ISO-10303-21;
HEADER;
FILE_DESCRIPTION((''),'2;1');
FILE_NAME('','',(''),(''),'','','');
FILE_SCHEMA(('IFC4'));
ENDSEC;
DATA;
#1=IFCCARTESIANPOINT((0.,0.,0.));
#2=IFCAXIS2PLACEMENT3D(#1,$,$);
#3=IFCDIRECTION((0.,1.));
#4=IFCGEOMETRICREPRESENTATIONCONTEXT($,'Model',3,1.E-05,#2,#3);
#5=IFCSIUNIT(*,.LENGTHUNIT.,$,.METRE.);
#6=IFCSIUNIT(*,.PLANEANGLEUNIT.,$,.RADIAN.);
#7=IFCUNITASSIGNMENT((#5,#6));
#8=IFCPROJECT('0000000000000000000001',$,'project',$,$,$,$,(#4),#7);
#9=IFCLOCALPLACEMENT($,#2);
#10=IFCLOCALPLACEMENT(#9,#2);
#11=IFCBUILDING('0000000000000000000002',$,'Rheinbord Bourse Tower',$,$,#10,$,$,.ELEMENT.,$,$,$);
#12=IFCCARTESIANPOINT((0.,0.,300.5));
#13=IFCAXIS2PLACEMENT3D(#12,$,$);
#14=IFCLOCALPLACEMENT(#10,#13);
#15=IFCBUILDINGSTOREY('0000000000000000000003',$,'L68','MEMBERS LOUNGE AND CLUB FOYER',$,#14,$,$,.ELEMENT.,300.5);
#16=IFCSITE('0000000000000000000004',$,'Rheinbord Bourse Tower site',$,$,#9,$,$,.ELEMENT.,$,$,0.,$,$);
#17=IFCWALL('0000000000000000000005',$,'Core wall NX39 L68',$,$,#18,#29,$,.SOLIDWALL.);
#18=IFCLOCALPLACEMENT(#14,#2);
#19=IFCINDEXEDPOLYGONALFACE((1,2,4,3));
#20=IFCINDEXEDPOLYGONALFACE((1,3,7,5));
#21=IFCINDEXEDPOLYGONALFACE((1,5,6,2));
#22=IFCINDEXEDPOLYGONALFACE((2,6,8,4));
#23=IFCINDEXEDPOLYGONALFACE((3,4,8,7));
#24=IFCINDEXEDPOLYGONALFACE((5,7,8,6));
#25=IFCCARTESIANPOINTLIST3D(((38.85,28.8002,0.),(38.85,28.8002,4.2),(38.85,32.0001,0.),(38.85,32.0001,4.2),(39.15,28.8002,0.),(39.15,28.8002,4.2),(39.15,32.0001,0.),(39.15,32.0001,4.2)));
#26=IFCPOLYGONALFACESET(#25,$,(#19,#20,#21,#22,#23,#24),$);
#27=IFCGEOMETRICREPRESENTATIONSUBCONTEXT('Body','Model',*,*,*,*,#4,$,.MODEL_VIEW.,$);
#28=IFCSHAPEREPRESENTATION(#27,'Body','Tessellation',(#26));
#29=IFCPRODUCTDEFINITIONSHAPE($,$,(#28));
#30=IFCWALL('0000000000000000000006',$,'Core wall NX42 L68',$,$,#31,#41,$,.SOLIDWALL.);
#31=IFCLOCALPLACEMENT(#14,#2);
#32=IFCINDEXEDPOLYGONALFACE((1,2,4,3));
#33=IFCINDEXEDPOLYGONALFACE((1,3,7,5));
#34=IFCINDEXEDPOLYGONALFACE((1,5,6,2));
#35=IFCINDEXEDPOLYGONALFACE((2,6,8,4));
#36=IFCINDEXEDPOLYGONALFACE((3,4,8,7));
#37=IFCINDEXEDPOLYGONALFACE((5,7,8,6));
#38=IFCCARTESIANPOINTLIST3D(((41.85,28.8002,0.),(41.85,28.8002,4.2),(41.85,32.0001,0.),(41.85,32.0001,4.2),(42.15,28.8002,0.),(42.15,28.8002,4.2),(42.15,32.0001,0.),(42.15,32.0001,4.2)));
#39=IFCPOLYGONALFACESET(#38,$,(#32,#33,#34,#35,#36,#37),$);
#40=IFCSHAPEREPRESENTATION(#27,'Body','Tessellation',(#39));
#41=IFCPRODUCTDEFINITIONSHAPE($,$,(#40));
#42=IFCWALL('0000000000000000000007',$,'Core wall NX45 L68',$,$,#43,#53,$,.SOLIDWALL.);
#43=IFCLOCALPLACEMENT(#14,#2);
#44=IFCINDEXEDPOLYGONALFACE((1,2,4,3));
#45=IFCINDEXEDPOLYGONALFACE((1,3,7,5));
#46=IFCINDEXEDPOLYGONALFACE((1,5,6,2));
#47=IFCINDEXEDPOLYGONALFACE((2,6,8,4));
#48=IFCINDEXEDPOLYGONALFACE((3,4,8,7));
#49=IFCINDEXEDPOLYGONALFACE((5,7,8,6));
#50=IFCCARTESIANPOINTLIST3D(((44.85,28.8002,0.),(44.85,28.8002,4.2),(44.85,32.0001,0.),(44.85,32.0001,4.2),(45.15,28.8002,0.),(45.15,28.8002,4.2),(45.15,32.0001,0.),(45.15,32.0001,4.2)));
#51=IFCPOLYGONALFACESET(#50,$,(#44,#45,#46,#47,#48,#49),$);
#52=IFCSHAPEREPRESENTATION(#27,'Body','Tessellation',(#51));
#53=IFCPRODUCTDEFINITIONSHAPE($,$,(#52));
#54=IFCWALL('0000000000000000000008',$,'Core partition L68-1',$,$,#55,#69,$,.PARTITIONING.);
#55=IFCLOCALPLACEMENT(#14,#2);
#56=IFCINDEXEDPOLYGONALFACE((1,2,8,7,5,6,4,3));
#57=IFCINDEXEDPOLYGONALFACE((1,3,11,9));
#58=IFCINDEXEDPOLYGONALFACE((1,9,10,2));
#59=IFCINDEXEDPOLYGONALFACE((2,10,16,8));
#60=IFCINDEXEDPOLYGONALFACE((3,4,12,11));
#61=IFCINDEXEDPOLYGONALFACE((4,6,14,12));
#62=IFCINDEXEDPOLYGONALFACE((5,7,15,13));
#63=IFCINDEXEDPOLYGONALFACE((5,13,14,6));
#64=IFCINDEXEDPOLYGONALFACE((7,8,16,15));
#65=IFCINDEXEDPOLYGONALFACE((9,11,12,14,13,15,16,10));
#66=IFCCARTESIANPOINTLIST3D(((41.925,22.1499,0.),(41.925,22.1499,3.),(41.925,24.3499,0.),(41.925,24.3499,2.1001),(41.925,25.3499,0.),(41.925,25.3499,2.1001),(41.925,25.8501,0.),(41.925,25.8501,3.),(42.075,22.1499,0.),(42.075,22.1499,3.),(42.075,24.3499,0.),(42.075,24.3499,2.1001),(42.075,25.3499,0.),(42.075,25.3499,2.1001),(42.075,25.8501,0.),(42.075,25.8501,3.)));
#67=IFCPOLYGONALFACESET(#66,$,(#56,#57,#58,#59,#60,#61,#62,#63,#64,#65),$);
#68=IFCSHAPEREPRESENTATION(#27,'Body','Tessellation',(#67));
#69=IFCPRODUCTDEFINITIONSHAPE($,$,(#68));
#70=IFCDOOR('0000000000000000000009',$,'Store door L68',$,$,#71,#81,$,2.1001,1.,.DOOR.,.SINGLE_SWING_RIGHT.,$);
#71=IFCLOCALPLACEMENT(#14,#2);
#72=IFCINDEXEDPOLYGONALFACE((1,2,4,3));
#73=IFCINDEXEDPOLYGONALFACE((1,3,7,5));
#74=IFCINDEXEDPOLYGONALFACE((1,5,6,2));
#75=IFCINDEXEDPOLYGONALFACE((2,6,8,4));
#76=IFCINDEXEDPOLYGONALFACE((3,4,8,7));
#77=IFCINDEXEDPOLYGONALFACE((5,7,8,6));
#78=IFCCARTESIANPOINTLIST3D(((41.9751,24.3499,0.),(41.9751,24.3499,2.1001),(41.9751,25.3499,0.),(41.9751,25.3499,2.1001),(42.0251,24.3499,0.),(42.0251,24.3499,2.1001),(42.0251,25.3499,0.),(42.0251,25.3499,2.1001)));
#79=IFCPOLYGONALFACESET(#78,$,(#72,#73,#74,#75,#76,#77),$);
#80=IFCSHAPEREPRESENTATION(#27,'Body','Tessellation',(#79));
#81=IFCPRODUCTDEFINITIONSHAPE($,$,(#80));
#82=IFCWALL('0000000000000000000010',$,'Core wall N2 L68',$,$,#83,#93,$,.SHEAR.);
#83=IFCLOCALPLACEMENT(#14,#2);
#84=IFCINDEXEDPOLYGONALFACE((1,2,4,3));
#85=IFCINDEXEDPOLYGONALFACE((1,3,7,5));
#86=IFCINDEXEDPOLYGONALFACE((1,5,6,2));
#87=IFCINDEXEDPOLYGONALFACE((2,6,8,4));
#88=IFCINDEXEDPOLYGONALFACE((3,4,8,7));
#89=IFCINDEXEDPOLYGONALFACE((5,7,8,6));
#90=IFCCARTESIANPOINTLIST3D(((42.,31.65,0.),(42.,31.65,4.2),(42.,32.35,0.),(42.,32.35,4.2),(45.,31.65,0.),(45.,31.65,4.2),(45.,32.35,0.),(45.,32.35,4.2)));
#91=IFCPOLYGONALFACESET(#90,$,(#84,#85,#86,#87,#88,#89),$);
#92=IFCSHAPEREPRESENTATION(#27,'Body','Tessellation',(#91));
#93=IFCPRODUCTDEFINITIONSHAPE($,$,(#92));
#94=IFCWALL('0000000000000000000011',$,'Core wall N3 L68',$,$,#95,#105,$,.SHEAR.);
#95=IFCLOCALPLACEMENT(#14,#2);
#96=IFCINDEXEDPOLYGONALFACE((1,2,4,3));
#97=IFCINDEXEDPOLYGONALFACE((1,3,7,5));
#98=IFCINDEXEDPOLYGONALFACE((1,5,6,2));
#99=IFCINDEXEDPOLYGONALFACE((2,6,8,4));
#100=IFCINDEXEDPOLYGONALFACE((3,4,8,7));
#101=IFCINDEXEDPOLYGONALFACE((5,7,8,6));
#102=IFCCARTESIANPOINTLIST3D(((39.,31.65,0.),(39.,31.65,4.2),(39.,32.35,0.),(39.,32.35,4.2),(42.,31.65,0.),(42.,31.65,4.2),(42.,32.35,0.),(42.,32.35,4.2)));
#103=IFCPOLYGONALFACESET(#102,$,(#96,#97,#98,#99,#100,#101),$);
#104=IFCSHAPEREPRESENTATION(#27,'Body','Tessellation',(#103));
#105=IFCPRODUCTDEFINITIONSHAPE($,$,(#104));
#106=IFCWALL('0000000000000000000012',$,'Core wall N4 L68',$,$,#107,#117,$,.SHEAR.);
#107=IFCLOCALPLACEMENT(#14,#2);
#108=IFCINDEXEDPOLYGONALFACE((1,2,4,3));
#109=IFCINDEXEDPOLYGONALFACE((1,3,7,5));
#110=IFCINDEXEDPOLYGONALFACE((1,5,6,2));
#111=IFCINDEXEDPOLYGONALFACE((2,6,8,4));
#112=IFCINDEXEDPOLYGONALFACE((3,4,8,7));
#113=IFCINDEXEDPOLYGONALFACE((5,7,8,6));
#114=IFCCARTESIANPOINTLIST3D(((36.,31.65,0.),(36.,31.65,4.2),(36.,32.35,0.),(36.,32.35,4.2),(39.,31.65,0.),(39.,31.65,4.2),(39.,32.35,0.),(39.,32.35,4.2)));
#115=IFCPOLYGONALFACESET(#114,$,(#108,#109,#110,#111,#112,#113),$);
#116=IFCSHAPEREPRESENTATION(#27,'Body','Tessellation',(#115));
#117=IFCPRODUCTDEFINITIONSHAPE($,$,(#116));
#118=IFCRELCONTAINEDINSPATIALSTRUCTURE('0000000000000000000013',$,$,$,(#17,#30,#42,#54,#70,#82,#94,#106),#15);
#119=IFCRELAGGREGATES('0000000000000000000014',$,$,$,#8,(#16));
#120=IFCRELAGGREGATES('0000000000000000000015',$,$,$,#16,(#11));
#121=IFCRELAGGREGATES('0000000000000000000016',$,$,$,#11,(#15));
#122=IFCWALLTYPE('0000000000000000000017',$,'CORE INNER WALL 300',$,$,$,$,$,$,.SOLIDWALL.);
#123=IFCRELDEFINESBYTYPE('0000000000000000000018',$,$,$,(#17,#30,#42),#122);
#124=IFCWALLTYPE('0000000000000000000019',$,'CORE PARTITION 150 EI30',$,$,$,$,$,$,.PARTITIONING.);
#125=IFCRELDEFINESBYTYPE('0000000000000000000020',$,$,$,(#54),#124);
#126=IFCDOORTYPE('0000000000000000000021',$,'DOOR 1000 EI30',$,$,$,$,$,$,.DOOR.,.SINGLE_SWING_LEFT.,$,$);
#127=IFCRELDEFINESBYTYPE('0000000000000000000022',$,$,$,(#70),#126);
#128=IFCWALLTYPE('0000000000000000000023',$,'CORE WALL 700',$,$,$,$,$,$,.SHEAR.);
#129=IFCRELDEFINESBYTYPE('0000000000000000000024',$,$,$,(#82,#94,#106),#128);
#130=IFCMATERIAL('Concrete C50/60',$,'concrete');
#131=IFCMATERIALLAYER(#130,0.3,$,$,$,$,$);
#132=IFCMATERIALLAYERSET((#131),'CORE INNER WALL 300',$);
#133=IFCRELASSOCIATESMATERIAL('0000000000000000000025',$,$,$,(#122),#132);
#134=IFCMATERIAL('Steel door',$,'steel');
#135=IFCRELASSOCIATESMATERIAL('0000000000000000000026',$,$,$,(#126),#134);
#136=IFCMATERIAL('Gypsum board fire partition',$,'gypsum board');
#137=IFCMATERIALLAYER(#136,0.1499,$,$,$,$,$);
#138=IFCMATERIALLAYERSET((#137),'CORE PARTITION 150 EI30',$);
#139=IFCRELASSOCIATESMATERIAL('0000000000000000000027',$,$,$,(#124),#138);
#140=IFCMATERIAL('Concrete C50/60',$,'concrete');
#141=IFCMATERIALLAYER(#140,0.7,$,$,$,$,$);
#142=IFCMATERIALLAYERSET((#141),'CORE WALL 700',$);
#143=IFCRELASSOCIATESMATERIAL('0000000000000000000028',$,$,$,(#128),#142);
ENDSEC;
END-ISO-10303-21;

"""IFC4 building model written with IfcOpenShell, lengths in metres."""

from ifc_helpers import new_model, si_unit, direction, frame, frame_2d, origin, place, context, subcontext, project, spatial, rectangle, extrude, material, layer, layer_set, type_object, element, fill, save


model = new_model("IFC4")

# Units and contexts
model_context = context("Model", 3, precision=1e-05, world=origin(), true_north=direction((0.0, 1.0)))
body_context = subcontext(model_context, "Body", "Model", "MODEL_VIEW")
ifc_project = project(units=[si_unit("LENGTHUNIT", "METRE"), si_unit("PLANEANGLEUNIT", "RADIAN")], contexts=[model_context])

# Site, building, storey
site_placement = place(None, origin())
site = spatial("IfcSite", under=ifc_project, at=site_placement, Name="Rheinbord Bourse Tower site", CompositionType="ELEMENT", RefElevation=0.0)
building_placement = place(site_placement, origin())
building = spatial("IfcBuilding", under=site, at=building_placement, Name="Rheinbord Bourse Tower", CompositionType="ELEMENT")
storey_placement = place(building_placement, frame((0.0, 0.0, 300.5)))
storey = spatial("IfcBuildingStorey", under=building, at=storey_placement, Name="L68", Description="MEMBERS LOUNGE AND CLUB FOYER", CompositionType="ELEMENT", Elevation=300.5)

# Shared definitions
ifc_material_1 = material(Name="Concrete C50/60", Category="concrete")
ifc_layer_1 = layer(ifc_material_1, 0.3)
ifc_layer_set_1 = layer_set([ifc_layer_1], Name="CORE INNER WALL 300")
wall_type_1 = type_object("IfcWallType", Name="CORE INNER WALL 300", PredefinedType="SOLIDWALL", material=ifc_layer_set_1)
ifc_material_2 = material(Name="Steel door", Category="steel")
door_type_1 = type_object("IfcDoorType", Name="DOOR 1000 EI30", OperationType="SINGLE_SWING_LEFT", PredefinedType="DOOR", material=ifc_material_2)

# Walls
for number, where, z_axis, x_axis, name in (
    (1, (39.0, 28.8, 0.0), (0.0, 0.0, 1.0), (0.0, 1.0, 0.0), "Core wall NX39 L68"),
    (2, (42.0, 28.8, 0.0), (0.0, 0.0, 1.0), (0.0, 1.0, 0.0), "Core wall NX42 L68"),
    (3, (45.0, 28.8, 0.0), (0.0, 0.0, 1.0), (0.0, 1.0, 0.0), "Core wall NX45 L68"),
):
    element("IfcWall", number, at=place(storey_placement, frame(where, z_axis=z_axis, x_axis=x_axis)), inside=storey, type_object=wall_type_1, Name=name, PredefinedType="SOLIDWALL", context=body_context, shape_type="SweptSolid", body=[
        extrude(rectangle(XDim=3.2, YDim=0.3, at=frame_2d((1.6001, 0.0))), origin(), (0.0, 0.0, 1.0), 4.2),
    ])

# Wall, opening, door
ifc_material_3 = material(Name="Gypsum board fire partition", Category="gypsum board")
ifc_layer_2 = layer(ifc_material_3, 0.1499)
ifc_layer_set_2 = layer_set([ifc_layer_2], Name="CORE PARTITION 150 EI30")
wall_type_2 = type_object("IfcWallType", Name="CORE PARTITION 150 EI30", PredefinedType="PARTITIONING", material=ifc_layer_set_2)
wall_1_placement = place(storey_placement, frame((42.0, 22.1499, 0.0), z_axis=(0.0, 0.0, 1.0), x_axis=(0.0, 1.0, 0.0)))
wall_1 = element("IfcWall", 4, at=wall_1_placement, inside=storey, type_object=wall_type_2, Name="Core partition L68-1", PredefinedType="PARTITIONING", context=body_context, shape_type="SweptSolid", body=[
    extrude(rectangle(XDim=3.7002, YDim=0.1499, at=frame_2d((1.8501, 0.0))), origin(), (0.0, 0.0, 1.0), 3.0),
])
opening_1_placement = place(wall_1_placement, frame((2.2, 0.0, 0.0)))
opening_1 = element("IfcOpeningElement", 5, at=opening_1_placement, cuts=wall_1, PredefinedType="OPENING", context=body_context, shape_type="SweptSolid", body=[
    extrude(rectangle(XDim=1.0, YDim=2.1001, at=frame_2d((0.5, 1.05))), frame((0.0, 0.085, 0.0), z_axis=(0.0, -1.0, 0.0), x_axis=(1.0, 0.0, 0.0)), (0.0, 0.0, 1.0), 0.1699),
])
door_1_placement = place(opening_1_placement, origin())
door_1 = element("IfcDoor", 6, at=door_1_placement, inside=storey, type_object=door_type_1, Name="Store door L68", OperationType="SINGLE_SWING_RIGHT", OverallHeight=2.1001, OverallWidth=1.0, PredefinedType="DOOR", context=body_context, shape_type="SweptSolid", body=[
    extrude(rectangle(XDim=1.0, YDim=2.1001, at=frame_2d((0.5, 1.05))), frame((0.0, 0.0249, 0.0), z_axis=(0.0, -1.0, 0.0), x_axis=(1.0, 0.0, 0.0)), (0.0, 0.0, 1.0), 0.05),
])
fill(opening_1, door_1)

# Walls
ifc_material_4 = material(Name="Concrete C50/60", Category="concrete")
ifc_layer_3 = layer(ifc_material_4, 0.7)
ifc_layer_set_3 = layer_set([ifc_layer_3], Name="CORE WALL 700")
wall_type_3 = type_object("IfcWallType", Name="CORE WALL 700", PredefinedType="SHEAR", material=ifc_layer_set_3)
for number, where, z_axis, x_axis, name in (
    (7, (45.0, 32.0, 0.0), (0.0, 0.0, 1.0), (-1.0, 0.0, 0.0), "Core wall N2 L68"),
    (8, (42.0, 32.0, 0.0), (0.0, 0.0, 1.0), (-1.0, 0.0, 0.0), "Core wall N3 L68"),
    (9, (39.0, 32.0, 0.0), (0.0, 0.0, 1.0), (-1.0, 0.0, 0.0), "Core wall N4 L68"),
):
    element("IfcWall", number, at=place(storey_placement, frame(where, z_axis=z_axis, x_axis=x_axis)), inside=storey, type_object=wall_type_3, Name=name, PredefinedType="SHEAR", context=body_context, shape_type="SweptSolid", body=[
        extrude(rectangle(XDim=3.0, YDim=0.7, at=frame_2d((1.5, 0.0))), origin(), (0.0, 0.0, 1.0), 4.2),
    ])

save(model, "model.ifc")
